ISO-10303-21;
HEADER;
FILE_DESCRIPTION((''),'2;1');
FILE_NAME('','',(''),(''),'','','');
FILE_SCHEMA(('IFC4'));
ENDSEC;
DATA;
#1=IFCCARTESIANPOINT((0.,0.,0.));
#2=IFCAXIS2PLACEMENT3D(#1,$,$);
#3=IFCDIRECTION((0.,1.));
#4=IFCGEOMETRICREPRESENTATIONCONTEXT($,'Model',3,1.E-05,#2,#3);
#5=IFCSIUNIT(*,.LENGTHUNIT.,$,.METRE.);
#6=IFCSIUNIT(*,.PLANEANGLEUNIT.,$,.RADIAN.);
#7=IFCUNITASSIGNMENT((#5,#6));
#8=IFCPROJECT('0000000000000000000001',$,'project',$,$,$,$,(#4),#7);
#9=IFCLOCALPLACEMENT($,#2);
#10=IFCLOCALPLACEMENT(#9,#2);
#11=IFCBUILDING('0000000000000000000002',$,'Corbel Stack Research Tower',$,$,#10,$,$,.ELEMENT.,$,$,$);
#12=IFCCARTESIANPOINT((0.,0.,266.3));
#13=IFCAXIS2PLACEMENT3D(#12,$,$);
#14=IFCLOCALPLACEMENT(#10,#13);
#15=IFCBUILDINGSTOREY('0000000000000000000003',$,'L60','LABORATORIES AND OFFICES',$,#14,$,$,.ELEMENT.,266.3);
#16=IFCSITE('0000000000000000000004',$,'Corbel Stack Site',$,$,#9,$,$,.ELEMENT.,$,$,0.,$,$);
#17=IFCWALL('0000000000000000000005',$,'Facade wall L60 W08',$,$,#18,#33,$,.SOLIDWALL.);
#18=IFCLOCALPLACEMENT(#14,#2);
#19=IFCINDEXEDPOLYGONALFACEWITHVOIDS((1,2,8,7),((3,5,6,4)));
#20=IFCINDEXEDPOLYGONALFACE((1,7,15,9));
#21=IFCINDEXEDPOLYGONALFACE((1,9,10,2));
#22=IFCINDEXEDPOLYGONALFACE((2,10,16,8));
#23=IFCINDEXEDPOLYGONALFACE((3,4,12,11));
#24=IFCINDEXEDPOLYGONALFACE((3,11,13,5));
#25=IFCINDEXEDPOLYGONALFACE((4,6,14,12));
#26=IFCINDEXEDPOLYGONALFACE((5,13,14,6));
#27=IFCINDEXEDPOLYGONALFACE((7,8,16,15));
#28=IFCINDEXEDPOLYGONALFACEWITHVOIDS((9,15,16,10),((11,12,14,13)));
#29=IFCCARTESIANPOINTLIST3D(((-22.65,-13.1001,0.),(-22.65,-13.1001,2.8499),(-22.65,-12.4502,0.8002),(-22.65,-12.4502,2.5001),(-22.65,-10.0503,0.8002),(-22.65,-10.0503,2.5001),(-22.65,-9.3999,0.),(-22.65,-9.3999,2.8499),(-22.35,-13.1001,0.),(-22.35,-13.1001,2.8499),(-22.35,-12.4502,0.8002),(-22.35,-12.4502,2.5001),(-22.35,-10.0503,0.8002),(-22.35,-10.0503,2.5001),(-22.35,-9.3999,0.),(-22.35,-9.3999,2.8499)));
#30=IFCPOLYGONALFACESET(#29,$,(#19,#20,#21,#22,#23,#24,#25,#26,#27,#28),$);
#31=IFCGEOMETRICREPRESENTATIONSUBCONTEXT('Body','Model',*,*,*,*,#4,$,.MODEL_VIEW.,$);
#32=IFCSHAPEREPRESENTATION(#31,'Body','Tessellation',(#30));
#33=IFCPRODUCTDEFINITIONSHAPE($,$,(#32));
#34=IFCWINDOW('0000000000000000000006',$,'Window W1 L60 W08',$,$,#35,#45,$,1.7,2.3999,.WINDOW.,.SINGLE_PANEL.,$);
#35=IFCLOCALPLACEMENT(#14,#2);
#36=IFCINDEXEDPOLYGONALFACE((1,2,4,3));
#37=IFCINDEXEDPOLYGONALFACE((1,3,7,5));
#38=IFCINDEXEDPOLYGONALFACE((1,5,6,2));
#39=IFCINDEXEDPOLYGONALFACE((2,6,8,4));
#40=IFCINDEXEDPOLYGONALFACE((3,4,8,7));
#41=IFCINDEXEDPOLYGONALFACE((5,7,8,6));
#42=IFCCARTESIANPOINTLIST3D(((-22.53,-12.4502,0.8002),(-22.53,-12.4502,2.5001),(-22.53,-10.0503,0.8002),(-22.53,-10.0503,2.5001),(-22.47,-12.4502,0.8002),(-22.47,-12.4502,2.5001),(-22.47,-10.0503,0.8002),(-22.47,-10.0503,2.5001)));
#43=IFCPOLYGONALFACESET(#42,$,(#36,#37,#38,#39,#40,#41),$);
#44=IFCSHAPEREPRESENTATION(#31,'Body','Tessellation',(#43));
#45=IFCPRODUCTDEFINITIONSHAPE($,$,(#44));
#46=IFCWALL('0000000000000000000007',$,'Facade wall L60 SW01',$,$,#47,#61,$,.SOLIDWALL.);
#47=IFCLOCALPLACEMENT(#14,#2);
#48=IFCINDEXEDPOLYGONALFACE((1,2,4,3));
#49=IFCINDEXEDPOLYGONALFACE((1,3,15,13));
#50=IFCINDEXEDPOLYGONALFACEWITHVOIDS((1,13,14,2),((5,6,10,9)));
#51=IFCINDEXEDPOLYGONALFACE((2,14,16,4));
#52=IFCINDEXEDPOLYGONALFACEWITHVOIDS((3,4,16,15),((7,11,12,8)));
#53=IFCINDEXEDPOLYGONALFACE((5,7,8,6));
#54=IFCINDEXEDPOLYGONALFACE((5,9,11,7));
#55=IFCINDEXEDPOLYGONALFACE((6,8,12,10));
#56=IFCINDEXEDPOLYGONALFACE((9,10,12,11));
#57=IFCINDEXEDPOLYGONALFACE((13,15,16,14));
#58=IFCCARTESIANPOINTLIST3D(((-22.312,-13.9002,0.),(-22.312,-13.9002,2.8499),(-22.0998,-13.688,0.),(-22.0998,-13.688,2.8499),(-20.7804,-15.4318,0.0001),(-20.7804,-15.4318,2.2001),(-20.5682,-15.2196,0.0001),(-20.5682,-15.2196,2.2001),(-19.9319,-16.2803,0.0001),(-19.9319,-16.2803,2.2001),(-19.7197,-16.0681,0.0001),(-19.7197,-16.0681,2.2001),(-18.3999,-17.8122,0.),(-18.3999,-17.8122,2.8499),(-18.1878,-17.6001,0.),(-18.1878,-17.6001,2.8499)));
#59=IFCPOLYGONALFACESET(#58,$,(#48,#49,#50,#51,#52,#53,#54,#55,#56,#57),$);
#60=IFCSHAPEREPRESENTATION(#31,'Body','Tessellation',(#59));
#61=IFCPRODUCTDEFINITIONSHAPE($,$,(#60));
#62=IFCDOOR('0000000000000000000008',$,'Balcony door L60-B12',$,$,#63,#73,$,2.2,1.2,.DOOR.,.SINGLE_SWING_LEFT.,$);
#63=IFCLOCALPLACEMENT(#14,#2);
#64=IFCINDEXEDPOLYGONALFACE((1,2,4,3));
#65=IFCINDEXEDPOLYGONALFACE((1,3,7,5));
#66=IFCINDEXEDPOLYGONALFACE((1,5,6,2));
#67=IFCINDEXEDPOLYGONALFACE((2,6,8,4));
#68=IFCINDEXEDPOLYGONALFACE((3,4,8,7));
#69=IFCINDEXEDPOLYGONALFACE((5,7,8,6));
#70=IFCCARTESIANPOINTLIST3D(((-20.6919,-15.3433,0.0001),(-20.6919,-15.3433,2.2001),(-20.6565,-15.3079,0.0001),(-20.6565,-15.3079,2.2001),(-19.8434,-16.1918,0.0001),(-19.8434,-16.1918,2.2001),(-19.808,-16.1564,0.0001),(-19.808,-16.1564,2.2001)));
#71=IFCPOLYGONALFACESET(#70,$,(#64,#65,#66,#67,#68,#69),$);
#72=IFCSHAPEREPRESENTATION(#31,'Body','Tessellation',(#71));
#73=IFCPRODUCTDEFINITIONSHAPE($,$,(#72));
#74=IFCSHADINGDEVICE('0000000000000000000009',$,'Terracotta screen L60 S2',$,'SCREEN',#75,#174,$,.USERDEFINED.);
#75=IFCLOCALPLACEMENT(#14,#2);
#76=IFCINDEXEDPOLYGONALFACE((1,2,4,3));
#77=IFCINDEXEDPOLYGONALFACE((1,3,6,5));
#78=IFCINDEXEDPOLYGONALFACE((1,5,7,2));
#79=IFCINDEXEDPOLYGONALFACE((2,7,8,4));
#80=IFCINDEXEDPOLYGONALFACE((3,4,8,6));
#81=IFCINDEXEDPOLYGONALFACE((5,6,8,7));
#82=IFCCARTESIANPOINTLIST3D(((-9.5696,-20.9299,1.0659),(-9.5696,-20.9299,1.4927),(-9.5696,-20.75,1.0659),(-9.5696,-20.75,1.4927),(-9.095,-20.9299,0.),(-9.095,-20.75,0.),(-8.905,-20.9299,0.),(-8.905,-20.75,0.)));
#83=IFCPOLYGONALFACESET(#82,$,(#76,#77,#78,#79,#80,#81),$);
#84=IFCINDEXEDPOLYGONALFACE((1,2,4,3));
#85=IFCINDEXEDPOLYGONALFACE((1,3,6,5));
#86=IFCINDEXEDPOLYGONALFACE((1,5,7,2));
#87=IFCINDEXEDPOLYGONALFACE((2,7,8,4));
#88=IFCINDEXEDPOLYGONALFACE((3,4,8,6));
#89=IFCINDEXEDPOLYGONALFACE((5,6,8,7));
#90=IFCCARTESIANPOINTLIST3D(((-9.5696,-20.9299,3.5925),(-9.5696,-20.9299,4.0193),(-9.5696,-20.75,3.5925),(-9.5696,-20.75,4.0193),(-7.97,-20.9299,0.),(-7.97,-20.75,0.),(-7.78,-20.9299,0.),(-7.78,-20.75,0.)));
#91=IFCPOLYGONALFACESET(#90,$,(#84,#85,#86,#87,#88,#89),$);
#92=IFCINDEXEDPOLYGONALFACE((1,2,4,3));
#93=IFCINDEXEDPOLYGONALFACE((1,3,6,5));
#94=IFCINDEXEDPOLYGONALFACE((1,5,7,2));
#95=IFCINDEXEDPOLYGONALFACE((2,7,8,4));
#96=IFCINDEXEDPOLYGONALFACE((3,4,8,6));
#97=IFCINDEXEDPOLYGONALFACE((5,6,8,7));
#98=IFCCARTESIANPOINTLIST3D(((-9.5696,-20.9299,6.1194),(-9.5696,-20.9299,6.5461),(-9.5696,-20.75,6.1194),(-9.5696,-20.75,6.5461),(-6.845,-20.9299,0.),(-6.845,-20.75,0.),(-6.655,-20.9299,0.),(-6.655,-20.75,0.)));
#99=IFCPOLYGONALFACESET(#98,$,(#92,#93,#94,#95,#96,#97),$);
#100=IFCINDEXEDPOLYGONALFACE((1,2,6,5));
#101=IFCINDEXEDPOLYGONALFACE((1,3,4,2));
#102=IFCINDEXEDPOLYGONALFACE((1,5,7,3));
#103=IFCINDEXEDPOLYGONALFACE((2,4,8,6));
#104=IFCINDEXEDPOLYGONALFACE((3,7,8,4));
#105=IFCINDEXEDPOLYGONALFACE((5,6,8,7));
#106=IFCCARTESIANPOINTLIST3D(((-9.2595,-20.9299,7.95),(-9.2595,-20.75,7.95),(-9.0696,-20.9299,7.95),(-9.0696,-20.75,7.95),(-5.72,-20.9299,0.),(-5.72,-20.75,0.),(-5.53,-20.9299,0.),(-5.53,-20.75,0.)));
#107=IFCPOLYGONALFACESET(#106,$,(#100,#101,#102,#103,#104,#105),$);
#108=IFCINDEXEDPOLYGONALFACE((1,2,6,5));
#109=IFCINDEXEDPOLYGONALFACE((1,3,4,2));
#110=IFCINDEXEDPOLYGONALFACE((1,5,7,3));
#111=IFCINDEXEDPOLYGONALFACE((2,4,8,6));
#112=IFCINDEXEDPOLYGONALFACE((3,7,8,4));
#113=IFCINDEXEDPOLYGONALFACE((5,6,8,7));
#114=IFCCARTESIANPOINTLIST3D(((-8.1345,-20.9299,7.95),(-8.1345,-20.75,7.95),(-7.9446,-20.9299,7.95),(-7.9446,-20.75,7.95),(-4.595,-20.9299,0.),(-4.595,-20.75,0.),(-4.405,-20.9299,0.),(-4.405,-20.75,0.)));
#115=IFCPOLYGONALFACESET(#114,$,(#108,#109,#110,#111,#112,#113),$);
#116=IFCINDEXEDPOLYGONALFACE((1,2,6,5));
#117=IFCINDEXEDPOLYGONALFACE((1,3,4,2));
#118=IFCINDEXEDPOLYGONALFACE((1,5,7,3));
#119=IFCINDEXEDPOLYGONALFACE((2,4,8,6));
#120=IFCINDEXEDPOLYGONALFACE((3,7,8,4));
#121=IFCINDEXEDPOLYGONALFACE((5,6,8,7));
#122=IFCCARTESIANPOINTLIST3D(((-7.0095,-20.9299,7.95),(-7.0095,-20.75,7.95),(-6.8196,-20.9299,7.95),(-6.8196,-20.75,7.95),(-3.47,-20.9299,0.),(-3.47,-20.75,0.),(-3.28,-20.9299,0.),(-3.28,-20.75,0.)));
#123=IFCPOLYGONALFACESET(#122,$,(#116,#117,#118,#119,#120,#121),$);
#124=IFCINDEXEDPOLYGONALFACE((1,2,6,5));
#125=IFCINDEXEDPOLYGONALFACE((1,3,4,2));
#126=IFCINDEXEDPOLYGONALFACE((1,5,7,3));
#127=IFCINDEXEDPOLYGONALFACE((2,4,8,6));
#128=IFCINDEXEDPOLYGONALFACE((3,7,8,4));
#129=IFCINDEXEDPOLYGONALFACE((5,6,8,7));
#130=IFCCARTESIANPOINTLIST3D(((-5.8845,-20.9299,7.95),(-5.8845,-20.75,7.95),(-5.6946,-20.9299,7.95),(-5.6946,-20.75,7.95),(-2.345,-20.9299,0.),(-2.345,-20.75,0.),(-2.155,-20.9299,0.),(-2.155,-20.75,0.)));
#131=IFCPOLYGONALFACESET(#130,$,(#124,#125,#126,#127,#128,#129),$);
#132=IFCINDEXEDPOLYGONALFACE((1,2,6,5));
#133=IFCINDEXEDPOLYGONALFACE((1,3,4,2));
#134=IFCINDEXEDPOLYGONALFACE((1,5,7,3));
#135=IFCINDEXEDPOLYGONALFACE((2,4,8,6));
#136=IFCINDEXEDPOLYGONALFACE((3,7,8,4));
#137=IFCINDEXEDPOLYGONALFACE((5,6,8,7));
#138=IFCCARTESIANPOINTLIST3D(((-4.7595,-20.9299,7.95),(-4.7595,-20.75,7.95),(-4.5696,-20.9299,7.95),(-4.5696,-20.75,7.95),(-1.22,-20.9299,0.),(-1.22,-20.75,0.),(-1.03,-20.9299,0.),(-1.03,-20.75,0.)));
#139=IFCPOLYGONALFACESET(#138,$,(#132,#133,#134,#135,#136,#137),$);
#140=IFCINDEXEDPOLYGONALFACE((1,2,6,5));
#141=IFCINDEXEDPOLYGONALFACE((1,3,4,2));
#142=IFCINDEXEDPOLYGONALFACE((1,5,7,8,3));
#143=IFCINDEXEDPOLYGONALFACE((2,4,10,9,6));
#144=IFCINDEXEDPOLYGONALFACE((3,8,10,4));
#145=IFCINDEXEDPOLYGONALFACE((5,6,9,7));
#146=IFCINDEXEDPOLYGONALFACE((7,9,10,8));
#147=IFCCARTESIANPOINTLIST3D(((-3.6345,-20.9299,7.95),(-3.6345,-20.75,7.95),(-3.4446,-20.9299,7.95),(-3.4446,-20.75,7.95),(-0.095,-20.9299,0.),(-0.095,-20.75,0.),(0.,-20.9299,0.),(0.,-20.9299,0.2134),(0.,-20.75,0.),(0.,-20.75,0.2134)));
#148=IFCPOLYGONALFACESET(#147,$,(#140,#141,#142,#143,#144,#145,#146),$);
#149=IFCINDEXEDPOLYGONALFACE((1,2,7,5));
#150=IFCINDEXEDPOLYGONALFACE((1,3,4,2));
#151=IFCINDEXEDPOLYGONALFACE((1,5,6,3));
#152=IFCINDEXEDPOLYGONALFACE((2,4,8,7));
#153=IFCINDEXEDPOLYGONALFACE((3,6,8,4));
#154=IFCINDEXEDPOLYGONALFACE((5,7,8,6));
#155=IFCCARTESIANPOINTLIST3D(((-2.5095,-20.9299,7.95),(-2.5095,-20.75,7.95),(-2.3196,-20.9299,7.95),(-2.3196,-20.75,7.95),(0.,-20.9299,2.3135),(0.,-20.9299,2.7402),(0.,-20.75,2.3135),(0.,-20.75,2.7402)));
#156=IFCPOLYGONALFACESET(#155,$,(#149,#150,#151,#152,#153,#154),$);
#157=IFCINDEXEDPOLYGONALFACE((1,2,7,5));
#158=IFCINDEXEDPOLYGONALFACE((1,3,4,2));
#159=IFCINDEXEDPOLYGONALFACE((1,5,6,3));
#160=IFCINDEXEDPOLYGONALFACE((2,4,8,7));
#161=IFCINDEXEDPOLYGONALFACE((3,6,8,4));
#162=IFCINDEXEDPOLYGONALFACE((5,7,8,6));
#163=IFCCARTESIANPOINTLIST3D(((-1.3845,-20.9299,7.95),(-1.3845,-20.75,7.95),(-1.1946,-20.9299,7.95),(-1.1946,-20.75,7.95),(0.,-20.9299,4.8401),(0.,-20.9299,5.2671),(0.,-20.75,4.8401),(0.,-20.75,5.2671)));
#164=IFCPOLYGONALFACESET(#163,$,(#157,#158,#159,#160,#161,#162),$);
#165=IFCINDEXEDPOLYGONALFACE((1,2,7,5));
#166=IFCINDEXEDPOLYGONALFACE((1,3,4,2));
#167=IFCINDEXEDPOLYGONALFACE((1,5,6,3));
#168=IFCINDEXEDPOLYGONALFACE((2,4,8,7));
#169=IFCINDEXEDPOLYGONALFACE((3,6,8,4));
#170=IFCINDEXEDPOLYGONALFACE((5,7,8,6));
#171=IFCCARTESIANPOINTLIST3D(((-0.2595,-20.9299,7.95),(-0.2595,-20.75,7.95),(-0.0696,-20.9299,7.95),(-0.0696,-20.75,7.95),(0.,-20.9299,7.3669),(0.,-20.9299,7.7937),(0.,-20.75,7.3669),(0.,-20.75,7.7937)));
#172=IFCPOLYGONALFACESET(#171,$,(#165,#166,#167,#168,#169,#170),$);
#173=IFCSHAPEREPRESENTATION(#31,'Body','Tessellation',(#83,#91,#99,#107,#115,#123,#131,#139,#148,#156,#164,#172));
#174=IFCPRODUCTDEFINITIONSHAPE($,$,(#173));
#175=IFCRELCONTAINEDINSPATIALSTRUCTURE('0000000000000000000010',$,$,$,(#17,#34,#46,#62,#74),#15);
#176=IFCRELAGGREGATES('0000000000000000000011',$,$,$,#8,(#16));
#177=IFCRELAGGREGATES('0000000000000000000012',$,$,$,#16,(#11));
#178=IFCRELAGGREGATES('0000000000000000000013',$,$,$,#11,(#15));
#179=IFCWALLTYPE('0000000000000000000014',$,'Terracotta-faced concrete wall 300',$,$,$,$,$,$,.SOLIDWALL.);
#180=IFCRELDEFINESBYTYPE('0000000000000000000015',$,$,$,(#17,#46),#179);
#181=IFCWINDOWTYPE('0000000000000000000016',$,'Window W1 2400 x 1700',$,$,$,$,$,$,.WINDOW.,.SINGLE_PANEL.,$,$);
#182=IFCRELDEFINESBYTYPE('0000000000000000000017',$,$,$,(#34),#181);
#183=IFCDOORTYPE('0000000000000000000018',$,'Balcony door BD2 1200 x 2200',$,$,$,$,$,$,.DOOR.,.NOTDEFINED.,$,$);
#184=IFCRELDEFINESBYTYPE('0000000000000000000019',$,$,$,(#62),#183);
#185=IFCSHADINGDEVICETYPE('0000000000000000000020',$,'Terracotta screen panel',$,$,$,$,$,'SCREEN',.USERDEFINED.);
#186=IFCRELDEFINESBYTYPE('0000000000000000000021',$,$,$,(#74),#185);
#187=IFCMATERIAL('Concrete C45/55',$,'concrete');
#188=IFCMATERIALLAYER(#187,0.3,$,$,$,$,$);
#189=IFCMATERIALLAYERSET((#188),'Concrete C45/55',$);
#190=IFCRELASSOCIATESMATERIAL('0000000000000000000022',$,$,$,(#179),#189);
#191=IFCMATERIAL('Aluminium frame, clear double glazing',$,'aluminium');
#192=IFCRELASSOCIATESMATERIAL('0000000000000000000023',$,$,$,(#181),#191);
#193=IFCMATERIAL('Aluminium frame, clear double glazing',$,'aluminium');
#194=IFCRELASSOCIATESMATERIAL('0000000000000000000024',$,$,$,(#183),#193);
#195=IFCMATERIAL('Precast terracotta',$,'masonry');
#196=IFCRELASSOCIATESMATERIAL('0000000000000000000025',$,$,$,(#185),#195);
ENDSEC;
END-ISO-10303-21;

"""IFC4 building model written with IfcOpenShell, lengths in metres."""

from ifc_helpers import new_model, si_unit, direction, frame, frame_2d, origin, place, context, subcontext, project, spatial, polyline, rectangle, outline, extrude, source, transform, mapped, material, layer, layer_set, type_object, element, fill, save


model = new_model("IFC4")

# Units and contexts
model_context = context("Model", 3, precision=1e-05, world=origin(), true_north=direction((0.0, 1.0)))
body_context = subcontext(model_context, "Body", "Model", "MODEL_VIEW")
ifc_project = project(units=[si_unit("LENGTHUNIT", "METRE"), si_unit("PLANEANGLEUNIT", "RADIAN")], contexts=[model_context])

# Site, building, storey
site_placement = place(None, origin())
site = spatial("IfcSite", under=ifc_project, at=site_placement, Name="Corbel Stack Site", CompositionType="ELEMENT", RefElevation=0.0)
building_placement = place(site_placement, origin())
building = spatial("IfcBuilding", under=site, at=building_placement, Name="Corbel Stack Research Tower", CompositionType="ELEMENT")
storey_placement = place(building_placement, frame((0.0, 0.0, 266.3)))
storey = spatial("IfcBuildingStorey", under=building, at=storey_placement, Name="L60", Description="LABORATORIES AND OFFICES", CompositionType="ELEMENT", Elevation=266.3)

# Wall, opening, window
ifc_material_1 = material(Name="Concrete C45/55", Category="concrete")
ifc_layer_1 = layer(ifc_material_1, 0.3)
ifc_layer_set_1 = layer_set([ifc_layer_1], Name="Concrete C45/55")
wall_type = type_object("IfcWallType", Name="Terracotta-faced concrete wall 300", PredefinedType="SOLIDWALL", material=ifc_layer_set_1)
ifc_material_2 = material(Name="Aluminium frame, clear double glazing", Category="aluminium")
window_type = type_object("IfcWindowType", Name="Window W1 2400 x 1700", PartitioningType="SINGLE_PANEL", PredefinedType="WINDOW", material=ifc_material_2)
wall_1_placement = place(storey_placement, frame((-22.5, -13.1001, 0.0), z_axis=(0.0, 0.0, 1.0), x_axis=(0.0, 1.0, 0.0)))
wall_1 = element("IfcWall", 1, at=wall_1_placement, inside=storey, type_object=wall_type, Name="Facade wall L60 W08", PredefinedType="SOLIDWALL", context=body_context, shape_type="SweptSolid", body=[
    extrude(rectangle(XDim=3.7002, YDim=0.3, at=frame_2d((1.8501, 0.0))), origin(), (0.0, 0.0, 1.0), 2.8499),
])
opening_1_placement = place(wall_1_placement, frame((0.6499, 0.0, 0.8)))
opening_1 = element("IfcOpeningElement", 2, at=opening_1_placement, cuts=wall_1, PredefinedType="OPENING", context=body_context, shape_type="SweptSolid", body=[
    extrude(rectangle(XDim=2.3999, YDim=1.7, at=frame_2d((1.2, 0.8501))), frame((0.0, 0.1599, 0.0), z_axis=(0.0, -1.0, 0.0), x_axis=(1.0, 0.0, 0.0)), (0.0, 0.0, 1.0), 0.3201),
])
window_1_placement = place(opening_1_placement, origin())
window_1 = element("IfcWindow", 3, at=window_1_placement, inside=storey, type_object=window_type, Name="Window W1 L60 W08", OverallHeight=1.7, OverallWidth=2.3999, PartitioningType="SINGLE_PANEL", PredefinedType="WINDOW", context=body_context, shape_type="SweptSolid", body=[
    extrude(rectangle(XDim=2.3999, YDim=1.7, at=frame_2d((1.2, 0.8501))), frame((0.0, 0.03, 0.0), z_axis=(0.0, -1.0, 0.0), x_axis=(1.0, 0.0, 0.0)), (0.0, 0.0, 1.0), 0.0601),
])
fill(opening_1, window_1)

# Wall, opening, door
wall_2_placement = place(storey_placement, frame((-18.2939, -17.7061, 0.0), z_axis=(0.0, 0.0, 1.0), x_axis=(-0.707107, 0.707107, 0.0)))
wall_2 = element("IfcWall", 4, at=wall_2_placement, inside=storey, type_object=wall_type, Name="Facade wall L60 SW01", PredefinedType="SOLIDWALL", context=body_context, shape_type="SweptSolid", body=[
    extrude(rectangle(XDim=5.5325, YDim=0.3, at=frame_2d((2.7661, 0.0))), origin(), (0.0, 0.0, 1.0), 2.8499),
])
opening_2_placement = place(wall_2_placement, frame((2.1663, 0.0, 0.0)))
opening_2 = element("IfcOpeningElement", 5, at=opening_2_placement, cuts=wall_2, PredefinedType="OPENING", context=body_context, shape_type="SweptSolid", body=[
    extrude(rectangle(XDim=1.2, YDim=2.2, at=frame_2d((0.6001, 1.1001))), frame((0.0, 0.1599, 0.0), z_axis=(0.0, -1.0, 0.0), x_axis=(1.0, 0.0, 0.0)), (0.0, 0.0, 1.0), 0.3201),
])
ifc_material_3 = material(Name="Aluminium frame, clear double glazing", Category="aluminium")
door_type = type_object("IfcDoorType", Name="Balcony door BD2 1200 x 2200", OperationType="NOTDEFINED", PredefinedType="DOOR", material=ifc_material_3)
door_placement = place(opening_2_placement, origin())
door = element("IfcDoor", 6, at=door_placement, inside=storey, type_object=door_type, Name="Balcony door L60-B12", OperationType="SINGLE_SWING_LEFT", OverallHeight=2.2, OverallWidth=1.2, PredefinedType="DOOR", context=body_context, shape_type="SweptSolid", body=[
    extrude(rectangle(XDim=1.2, YDim=2.2, at=frame_2d((0.6001, 1.1001))), frame((0.0, 0.0249, 0.0), z_axis=(0.0, -1.0, 0.0), x_axis=(1.0, 0.0, 0.0)), (0.0, 0.0, 1.0), 0.05),
])
fill(opening_2, door)

# Shading device
ifc_material_4 = material(Name="Precast terracotta", Category="masonry")
shading_device_type = type_object("IfcShadingDeviceType", Name="Terracotta screen panel", ElementType="SCREEN", PredefinedType="USERDEFINED", material=ifc_material_4)
shared_shape_1 = source(origin(), body_context, "Body", "SweptSolid", [
    extrude(outline(polyline([(0.6646, 0.0), (0.0, 1.4927), (0.0, 1.0659), (0.4746, 0.0), (0.6646, 0.0)])), frame((0.0, 0.0, 0.0), z_axis=(0.0, -1.0, 0.0), x_axis=(1.0, 0.0, 0.0)), (0.0, 0.0, 1.0), 0.1799),
    extrude(outline(polyline([(1.7896, 0.0), (0.0, 4.0193), (0.0, 3.5925), (1.5996, 0.0), (1.7896, 0.0)])), frame((0.0, 0.0, 0.0), z_axis=(0.0, -1.0, 0.0), x_axis=(1.0, 0.0, 0.0)), (0.0, 0.0, 1.0), 0.1799),
    extrude(outline(polyline([(2.9146, 0.0), (0.0, 6.5461), (0.0, 6.1194), (2.7246, 0.0), (2.9146, 0.0)])), frame((0.0, 0.0, 0.0), z_axis=(0.0, -1.0, 0.0), x_axis=(1.0, 0.0, 0.0)), (0.0, 0.0, 1.0), 0.1799),
    extrude(outline(polyline([(4.0396, 0.0), (0.5, 7.95), (0.3101, 7.95), (3.8496, 0.0), (4.0396, 0.0)])), frame((0.0, 0.0, 0.0), z_axis=(0.0, -1.0, 0.0), x_axis=(1.0, 0.0, 0.0)), (0.0, 0.0, 1.0), 0.1799),
    extrude(outline(polyline([(5.1646, 0.0), (1.625, 7.95), (1.4351, 7.95), (4.9746, 0.0), (5.1646, 0.0)])), frame((0.0, 0.0, 0.0), z_axis=(0.0, -1.0, 0.0), x_axis=(1.0, 0.0, 0.0)), (0.0, 0.0, 1.0), 0.1799),
    extrude(outline(polyline([(6.2896, 0.0), (2.75, 7.95), (2.5601, 7.95), (6.0996, 0.0), (6.2896, 0.0)])), frame((0.0, 0.0, 0.0), z_axis=(0.0, -1.0, 0.0), x_axis=(1.0, 0.0, 0.0)), (0.0, 0.0, 1.0), 0.1799),
    extrude(outline(polyline([(7.4146, 0.0), (3.875, 7.95), (3.6851, 7.95), (7.2246, 0.0), (7.4146, 0.0)])), frame((0.0, 0.0, 0.0), z_axis=(0.0, -1.0, 0.0), x_axis=(1.0, 0.0, 0.0)), (0.0, 0.0, 1.0), 0.1799),
    extrude(outline(polyline([(8.5396, 0.0), (5.0, 7.95), (4.8101, 7.95), (8.3496, 0.0), (8.5396, 0.0)])), frame((0.0, 0.0, 0.0), z_axis=(0.0, -1.0, 0.0), x_axis=(1.0, 0.0, 0.0)), (0.0, 0.0, 1.0), 0.1799),
    extrude(outline(polyline([(9.5696, 0.0), (9.5696, 0.2134), (6.125, 7.95), (5.9351, 7.95), (9.4746, 0.0), (9.5696, 0.0)])), frame((0.0, 0.0, 0.0), z_axis=(0.0, -1.0, 0.0), x_axis=(1.0, 0.0, 0.0)), (0.0, 0.0, 1.0), 0.1799),
    extrude(outline(polyline([(7.25, 7.95), (7.0601, 7.95), (9.5696, 2.3135), (9.5696, 2.7402), (7.25, 7.95)])), frame((0.0, 0.0, 0.0), z_axis=(0.0, -1.0, 0.0), x_axis=(1.0, 0.0, 0.0)), (0.0, 0.0, 1.0), 0.1799),
    extrude(outline(polyline([(8.375, 7.95), (8.1851, 7.95), (9.5696, 4.8401), (9.5696, 5.2671), (8.375, 7.95)])), frame((0.0, 0.0, 0.0), z_axis=(0.0, -1.0, 0.0), x_axis=(1.0, 0.0, 0.0)), (0.0, 0.0, 1.0), 0.1799),
    extrude(outline(polyline([(9.5, 7.95), (9.3101, 7.95), (9.5696, 7.3669), (9.5696, 7.7937), (9.5, 7.95)])), frame((0.0, 0.0, 0.0), z_axis=(0.0, -1.0, 0.0), x_axis=(1.0, 0.0, 0.0)), (0.0, 0.0, 1.0), 0.1799),
])
shading_device_1_placement = place(storey_placement, frame((-9.5696, -20.75, 0.0), z_axis=(0.0, 0.0, 1.0), x_axis=(1.0, 0.0, 0.0)))
element("IfcShadingDevice", 7, at=shading_device_1_placement, inside=storey, type_object=shading_device_type, Name="Terracotta screen L60 S2", ObjectType="SCREEN", PredefinedType="USERDEFINED", context=body_context, shape_type="MappedRepresentation", body=[
    mapped(shared_shape_1, transform((0.0, 0.0, 0.0))),
])

save(model, "model.ifc")
